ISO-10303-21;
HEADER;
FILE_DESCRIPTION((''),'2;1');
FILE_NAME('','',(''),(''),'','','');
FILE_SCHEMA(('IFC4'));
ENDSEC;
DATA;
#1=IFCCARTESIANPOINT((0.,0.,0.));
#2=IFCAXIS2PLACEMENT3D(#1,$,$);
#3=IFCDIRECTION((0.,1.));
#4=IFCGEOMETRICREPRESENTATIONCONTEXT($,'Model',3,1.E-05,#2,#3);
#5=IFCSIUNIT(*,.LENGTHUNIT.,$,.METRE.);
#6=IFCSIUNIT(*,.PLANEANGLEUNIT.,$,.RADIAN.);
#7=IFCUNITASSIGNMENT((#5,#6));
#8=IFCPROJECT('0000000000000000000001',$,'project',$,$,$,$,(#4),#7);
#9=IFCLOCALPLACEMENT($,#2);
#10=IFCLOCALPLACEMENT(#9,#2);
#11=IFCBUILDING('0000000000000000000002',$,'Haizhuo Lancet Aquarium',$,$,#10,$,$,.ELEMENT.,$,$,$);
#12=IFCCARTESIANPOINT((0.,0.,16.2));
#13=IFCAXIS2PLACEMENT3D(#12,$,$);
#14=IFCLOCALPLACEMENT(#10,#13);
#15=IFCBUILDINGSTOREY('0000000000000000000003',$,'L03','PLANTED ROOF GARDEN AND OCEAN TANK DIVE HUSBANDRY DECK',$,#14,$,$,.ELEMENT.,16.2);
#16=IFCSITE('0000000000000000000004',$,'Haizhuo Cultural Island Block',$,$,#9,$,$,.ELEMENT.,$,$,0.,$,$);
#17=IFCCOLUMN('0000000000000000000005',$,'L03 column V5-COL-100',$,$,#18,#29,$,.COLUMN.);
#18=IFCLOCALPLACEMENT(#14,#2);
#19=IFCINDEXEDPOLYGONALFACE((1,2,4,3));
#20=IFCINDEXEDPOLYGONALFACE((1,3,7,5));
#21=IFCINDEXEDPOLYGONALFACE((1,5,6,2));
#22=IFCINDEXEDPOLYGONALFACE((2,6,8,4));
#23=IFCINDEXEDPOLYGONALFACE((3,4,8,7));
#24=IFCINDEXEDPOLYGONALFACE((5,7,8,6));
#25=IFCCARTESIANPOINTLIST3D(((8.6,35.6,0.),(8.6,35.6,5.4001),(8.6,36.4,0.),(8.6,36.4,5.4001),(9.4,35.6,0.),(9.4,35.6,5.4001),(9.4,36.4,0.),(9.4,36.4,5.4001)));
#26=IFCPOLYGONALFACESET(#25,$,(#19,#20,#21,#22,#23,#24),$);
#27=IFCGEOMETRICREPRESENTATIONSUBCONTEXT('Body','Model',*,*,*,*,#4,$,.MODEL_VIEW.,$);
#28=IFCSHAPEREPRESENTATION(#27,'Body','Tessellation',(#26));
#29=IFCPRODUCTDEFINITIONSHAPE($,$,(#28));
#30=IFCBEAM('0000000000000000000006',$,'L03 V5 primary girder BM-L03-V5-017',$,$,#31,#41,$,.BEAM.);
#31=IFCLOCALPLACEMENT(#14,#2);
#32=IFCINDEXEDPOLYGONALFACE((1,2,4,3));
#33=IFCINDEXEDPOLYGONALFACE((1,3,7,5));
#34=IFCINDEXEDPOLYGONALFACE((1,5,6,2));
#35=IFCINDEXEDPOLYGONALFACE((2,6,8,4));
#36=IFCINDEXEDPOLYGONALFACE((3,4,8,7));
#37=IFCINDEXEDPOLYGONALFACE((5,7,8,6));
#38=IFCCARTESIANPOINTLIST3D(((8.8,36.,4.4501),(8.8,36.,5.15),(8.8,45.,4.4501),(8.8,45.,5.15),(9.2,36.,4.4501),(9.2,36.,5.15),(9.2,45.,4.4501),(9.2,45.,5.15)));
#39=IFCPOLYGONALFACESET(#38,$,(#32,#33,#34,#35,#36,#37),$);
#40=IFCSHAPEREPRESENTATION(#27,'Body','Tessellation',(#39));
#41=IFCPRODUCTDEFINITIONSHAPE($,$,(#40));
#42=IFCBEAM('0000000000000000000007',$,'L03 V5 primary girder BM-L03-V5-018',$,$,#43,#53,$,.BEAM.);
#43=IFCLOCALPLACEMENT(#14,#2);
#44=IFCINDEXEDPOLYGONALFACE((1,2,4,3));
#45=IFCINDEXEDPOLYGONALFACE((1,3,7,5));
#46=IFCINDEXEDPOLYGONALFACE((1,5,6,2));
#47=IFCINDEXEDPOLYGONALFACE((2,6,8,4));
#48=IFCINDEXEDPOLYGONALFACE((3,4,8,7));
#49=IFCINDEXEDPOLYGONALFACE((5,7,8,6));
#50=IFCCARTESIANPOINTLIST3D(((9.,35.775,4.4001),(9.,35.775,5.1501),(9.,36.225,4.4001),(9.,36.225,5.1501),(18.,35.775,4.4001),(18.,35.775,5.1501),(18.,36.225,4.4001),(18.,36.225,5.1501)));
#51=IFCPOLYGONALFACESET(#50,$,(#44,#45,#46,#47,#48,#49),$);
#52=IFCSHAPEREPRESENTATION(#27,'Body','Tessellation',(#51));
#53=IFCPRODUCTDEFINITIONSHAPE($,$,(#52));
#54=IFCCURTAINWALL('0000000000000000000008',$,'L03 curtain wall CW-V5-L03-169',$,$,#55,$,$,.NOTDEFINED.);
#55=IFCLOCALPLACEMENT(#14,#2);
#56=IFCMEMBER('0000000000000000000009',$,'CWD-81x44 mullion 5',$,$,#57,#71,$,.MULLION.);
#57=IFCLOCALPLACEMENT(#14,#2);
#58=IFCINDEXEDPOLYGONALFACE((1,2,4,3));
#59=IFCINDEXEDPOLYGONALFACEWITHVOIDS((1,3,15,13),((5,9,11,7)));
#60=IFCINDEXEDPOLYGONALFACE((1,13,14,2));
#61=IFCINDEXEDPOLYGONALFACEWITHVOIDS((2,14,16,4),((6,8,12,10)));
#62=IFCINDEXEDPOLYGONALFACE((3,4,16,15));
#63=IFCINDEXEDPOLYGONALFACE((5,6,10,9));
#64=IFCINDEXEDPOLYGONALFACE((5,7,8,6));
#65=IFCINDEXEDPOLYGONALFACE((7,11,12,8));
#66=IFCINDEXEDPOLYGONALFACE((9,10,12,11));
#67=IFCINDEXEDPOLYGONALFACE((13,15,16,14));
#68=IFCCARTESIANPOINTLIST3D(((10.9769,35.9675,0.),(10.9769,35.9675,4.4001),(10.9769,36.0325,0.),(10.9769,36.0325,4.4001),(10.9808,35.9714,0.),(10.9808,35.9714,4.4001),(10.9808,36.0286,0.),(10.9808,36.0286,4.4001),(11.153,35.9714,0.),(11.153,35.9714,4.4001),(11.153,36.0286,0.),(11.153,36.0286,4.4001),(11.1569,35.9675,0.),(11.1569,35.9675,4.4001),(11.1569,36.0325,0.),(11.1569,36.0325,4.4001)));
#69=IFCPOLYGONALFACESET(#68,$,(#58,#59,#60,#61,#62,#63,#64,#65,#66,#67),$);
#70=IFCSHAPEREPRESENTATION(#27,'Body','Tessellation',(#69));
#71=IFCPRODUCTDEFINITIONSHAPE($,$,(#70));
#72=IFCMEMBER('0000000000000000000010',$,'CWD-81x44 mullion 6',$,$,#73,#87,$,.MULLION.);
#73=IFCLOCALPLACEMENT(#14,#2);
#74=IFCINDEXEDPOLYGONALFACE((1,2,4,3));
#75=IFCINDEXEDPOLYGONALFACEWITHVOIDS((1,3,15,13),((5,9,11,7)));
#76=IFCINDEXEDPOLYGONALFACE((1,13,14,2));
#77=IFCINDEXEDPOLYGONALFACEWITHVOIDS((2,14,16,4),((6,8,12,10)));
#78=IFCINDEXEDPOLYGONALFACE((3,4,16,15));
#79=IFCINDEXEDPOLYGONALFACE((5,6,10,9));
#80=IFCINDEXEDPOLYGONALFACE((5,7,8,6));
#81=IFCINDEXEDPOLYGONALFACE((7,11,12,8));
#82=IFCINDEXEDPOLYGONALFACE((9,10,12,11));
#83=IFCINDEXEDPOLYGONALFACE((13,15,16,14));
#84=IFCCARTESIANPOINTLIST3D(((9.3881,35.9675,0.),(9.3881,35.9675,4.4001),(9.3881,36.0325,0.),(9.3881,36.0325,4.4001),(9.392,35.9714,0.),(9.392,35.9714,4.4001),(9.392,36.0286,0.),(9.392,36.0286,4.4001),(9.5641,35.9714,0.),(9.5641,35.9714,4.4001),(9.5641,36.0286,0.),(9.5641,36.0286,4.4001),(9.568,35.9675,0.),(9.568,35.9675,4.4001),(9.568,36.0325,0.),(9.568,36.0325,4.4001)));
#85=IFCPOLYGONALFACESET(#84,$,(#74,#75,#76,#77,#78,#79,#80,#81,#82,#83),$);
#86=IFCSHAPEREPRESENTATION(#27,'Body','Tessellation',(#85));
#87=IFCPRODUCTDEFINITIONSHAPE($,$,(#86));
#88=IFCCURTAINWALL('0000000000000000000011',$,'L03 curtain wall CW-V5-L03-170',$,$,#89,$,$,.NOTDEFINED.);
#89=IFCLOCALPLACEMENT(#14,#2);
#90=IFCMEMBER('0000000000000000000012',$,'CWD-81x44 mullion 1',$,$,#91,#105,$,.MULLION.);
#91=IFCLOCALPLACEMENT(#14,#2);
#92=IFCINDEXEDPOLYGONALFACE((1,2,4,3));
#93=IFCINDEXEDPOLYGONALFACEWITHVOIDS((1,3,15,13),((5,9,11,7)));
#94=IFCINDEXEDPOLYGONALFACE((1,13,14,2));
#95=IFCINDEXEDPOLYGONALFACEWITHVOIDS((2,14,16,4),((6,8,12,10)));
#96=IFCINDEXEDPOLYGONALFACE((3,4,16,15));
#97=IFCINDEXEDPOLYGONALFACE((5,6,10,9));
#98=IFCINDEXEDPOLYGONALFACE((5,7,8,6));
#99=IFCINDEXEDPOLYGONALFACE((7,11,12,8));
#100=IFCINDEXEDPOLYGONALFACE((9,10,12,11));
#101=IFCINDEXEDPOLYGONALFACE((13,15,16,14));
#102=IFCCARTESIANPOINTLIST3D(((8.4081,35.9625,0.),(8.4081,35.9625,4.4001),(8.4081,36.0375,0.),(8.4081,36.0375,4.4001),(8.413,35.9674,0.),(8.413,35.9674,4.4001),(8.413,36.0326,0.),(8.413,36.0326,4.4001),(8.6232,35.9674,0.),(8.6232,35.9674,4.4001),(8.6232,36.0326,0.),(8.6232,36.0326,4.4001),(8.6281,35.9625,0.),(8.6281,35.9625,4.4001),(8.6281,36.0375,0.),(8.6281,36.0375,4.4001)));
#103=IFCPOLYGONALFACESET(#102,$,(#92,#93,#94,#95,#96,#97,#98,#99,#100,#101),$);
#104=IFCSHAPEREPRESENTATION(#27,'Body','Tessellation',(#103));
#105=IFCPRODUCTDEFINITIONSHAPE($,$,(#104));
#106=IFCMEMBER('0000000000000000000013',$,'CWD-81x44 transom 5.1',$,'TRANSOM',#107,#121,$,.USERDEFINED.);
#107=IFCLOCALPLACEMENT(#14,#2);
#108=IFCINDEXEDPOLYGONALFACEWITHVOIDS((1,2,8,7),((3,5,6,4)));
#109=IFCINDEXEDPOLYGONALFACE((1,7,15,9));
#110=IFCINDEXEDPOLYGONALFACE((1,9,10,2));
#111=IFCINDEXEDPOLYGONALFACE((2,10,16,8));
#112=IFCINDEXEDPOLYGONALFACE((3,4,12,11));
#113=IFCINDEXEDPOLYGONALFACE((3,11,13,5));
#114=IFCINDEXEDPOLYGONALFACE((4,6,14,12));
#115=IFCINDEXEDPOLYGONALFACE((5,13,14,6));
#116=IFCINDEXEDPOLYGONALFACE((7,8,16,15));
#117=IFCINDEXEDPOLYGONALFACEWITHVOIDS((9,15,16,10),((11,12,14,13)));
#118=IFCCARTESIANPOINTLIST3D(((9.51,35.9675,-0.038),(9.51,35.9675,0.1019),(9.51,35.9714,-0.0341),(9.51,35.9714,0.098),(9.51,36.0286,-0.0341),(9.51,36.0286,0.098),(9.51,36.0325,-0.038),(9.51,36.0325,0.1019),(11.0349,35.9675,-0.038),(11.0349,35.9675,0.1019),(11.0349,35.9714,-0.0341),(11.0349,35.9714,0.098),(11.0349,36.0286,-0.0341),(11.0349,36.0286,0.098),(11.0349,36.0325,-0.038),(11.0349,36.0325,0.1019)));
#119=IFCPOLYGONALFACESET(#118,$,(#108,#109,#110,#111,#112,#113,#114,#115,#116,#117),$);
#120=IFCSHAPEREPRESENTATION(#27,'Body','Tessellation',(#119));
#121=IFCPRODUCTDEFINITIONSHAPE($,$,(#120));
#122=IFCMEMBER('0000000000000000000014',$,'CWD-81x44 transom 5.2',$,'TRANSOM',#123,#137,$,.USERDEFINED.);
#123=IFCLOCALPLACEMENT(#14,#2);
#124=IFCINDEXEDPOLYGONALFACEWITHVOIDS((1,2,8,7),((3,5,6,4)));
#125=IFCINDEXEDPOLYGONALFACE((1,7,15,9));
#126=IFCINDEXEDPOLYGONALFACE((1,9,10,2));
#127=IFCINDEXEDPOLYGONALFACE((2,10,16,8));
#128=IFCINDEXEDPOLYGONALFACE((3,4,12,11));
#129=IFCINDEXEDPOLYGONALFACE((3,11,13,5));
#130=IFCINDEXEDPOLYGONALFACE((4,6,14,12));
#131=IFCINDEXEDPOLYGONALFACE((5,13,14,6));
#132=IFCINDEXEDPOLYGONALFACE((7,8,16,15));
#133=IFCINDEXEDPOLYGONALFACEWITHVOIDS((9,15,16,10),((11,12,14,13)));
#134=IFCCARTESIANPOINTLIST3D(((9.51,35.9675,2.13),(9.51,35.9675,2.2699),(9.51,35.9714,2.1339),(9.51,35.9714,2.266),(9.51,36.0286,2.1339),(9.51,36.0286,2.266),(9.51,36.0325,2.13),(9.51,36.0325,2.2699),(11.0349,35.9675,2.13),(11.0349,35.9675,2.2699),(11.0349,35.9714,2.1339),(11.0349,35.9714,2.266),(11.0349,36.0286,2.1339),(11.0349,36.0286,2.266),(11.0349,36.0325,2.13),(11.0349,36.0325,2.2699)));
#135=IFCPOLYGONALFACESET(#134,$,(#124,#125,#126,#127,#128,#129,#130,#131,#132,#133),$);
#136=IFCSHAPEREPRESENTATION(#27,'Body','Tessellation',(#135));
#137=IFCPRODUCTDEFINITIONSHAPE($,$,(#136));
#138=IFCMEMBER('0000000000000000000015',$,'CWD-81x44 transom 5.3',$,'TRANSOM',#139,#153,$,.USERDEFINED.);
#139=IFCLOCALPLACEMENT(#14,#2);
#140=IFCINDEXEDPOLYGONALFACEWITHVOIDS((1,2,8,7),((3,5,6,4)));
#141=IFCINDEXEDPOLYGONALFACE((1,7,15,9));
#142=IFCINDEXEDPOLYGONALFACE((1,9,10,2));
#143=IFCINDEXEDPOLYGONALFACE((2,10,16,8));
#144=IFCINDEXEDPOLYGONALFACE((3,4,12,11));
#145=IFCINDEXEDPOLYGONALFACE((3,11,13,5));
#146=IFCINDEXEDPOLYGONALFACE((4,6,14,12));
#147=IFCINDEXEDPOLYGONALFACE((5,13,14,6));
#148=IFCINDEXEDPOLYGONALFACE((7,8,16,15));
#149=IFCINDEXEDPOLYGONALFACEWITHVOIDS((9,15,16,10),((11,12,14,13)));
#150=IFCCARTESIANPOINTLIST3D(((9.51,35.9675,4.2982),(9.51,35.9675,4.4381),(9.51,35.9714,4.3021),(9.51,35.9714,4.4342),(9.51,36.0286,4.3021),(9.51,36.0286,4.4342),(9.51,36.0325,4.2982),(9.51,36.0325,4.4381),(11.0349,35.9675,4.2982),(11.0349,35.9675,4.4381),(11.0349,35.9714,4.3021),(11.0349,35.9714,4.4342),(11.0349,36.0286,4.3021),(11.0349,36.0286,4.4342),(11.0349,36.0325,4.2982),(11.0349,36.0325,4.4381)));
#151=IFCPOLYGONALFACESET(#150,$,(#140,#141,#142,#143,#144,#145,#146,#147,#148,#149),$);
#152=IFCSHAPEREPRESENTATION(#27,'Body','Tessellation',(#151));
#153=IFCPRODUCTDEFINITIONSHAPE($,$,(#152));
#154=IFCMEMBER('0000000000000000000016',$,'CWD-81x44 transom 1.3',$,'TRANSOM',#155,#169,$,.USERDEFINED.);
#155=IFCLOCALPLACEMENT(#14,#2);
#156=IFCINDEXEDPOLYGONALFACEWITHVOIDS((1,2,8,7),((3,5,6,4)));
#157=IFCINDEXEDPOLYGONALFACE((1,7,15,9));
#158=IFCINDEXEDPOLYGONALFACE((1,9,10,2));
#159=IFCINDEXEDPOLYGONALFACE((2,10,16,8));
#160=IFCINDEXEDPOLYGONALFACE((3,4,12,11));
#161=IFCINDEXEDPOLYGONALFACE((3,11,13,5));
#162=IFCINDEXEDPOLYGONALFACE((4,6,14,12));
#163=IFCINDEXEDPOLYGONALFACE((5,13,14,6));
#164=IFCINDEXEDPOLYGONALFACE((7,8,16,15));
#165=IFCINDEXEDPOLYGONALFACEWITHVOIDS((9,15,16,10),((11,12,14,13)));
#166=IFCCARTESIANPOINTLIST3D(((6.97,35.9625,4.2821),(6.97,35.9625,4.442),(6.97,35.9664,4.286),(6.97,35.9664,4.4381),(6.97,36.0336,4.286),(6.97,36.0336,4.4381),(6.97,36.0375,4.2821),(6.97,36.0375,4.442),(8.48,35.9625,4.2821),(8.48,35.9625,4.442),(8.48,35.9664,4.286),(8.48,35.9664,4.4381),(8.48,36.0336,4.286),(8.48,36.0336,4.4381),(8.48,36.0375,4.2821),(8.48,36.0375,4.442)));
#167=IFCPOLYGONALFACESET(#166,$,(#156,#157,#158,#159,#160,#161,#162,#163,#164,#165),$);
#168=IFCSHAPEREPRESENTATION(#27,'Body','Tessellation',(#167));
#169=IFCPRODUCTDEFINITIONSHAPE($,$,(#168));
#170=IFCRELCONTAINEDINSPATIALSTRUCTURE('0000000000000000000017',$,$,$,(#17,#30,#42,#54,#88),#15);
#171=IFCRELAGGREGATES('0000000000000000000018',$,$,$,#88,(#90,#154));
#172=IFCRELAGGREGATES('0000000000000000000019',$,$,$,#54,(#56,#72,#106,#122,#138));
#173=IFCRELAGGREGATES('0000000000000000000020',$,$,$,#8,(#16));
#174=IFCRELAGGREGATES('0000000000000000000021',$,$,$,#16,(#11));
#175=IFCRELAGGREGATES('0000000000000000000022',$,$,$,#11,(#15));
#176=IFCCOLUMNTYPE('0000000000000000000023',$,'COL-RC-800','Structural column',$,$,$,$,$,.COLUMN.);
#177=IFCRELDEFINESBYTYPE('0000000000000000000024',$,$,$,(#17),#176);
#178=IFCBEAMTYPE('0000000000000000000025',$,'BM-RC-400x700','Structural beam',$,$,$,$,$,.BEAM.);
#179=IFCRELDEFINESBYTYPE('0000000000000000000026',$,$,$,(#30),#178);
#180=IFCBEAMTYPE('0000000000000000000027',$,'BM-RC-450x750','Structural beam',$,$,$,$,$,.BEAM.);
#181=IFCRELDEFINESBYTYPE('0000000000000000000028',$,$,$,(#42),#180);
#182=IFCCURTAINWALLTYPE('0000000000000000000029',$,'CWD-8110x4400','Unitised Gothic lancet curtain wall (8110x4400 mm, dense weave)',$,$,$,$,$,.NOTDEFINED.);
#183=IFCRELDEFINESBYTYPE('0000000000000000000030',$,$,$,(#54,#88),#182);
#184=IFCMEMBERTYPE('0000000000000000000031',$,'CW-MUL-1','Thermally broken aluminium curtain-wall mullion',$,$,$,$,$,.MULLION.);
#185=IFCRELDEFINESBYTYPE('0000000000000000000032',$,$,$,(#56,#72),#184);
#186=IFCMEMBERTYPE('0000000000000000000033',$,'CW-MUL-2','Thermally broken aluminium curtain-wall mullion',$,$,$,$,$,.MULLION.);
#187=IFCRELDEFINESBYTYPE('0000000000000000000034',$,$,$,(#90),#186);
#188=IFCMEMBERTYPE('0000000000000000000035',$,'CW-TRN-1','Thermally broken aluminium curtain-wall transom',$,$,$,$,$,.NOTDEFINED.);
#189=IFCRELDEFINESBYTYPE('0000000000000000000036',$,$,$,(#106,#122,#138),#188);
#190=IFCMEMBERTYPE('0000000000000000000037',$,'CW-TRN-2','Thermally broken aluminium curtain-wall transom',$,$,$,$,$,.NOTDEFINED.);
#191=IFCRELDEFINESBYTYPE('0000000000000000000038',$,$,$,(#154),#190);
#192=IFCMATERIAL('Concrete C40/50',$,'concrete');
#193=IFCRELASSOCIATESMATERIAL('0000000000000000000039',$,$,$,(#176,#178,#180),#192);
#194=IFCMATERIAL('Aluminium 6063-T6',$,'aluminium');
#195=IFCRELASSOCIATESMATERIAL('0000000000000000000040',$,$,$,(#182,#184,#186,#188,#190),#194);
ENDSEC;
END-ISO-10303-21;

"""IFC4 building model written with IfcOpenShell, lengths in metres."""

from ifc_helpers import new_model, si_unit, direction, frame, origin, origin_2d, place, context, subcontext, project, spatial, rectangle, hollow_rectangle, extrude, material, material_profile, profile_set, type_object, element, aggregate, save


model = new_model("IFC4")

# Units and contexts
model_context = context("Model", 3, precision=1e-05, world=origin(), true_north=direction((0.0, 1.0)))
body_context = subcontext(model_context, "Body", "Model", "MODEL_VIEW")
ifc_project = project(units=[si_unit("LENGTHUNIT", "METRE"), si_unit("PLANEANGLEUNIT", "RADIAN")], contexts=[model_context])

# Site, building, storey
site_placement = place(None, origin())
site = spatial("IfcSite", under=ifc_project, at=site_placement, Name="Haizhuo Cultural Island Block", CompositionType="ELEMENT", RefElevation=0.0)
building_placement = place(site_placement, origin())
building = spatial("IfcBuilding", under=site, at=building_placement, Name="Haizhuo Lancet Aquarium", CompositionType="ELEMENT")
storey_placement = place(building_placement, frame((0.0, 0.0, 16.2)))
storey = spatial("IfcBuildingStorey", under=building, at=storey_placement, Name="L03", Description="PLANTED ROOF GARDEN AND OCEAN TANK DIVE HUSBANDRY DECK", CompositionType="ELEMENT", Elevation=16.2)

# Column
ifc_material_1 = material(Name="Concrete C40/50", Category="concrete")
ifc_material_profile_1 = material_profile(ifc_material_1, rectangle(XDim=0.8, YDim=0.8, at=origin_2d()), Name="RC-COL 800x800")
ifc_profile_set_1 = profile_set([ifc_material_profile_1], Name="Concrete C40/50")
column_type = type_object("IfcColumnType", Name="COL-RC-800", Description="Structural column", PredefinedType="COLUMN", material=ifc_profile_set_1)
column_placement = place(storey_placement, frame((9.0, 36.0, 0.0), z_axis=(0.0, 0.0, 1.0), x_axis=(1.0, 0.0, 0.0)))
element("IfcColumn", 1, at=column_placement, inside=storey, type_object=column_type, Name="L03 column V5-COL-100", PredefinedType="COLUMN", context=body_context, shape_type="SweptSolid", body=[
    extrude(rectangle(XDim=0.8, YDim=0.8, at=origin_2d()), origin(), (0.0, 0.0, 1.0), 5.4001),
])

# Beams
ifc_material_profile_2 = material_profile(ifc_material_1, rectangle(XDim=0.3999, YDim=0.7, at=origin_2d()), Name="RC-BM 400x700")
ifc_profile_set_2 = profile_set([ifc_material_profile_2], Name="Concrete C40/50")
beam_type_1 = type_object("IfcBeamType", Name="BM-RC-400x700", Description="Structural beam", PredefinedType="BEAM", material=ifc_profile_set_2)
beam_1_placement = place(storey_placement, frame((9.0, 36.0, 4.8), z_axis=(0.0, 1.0, 0.0), x_axis=(-1.0, 0.0, 0.0)))
element("IfcBeam", 2, at=beam_1_placement, inside=storey, type_object=beam_type_1, Name="L03 V5 primary girder BM-L03-V5-017", PredefinedType="BEAM", context=body_context, shape_type="SweptSolid", body=[
    extrude(rectangle(XDim=0.3999, YDim=0.7, at=origin_2d()), origin(), (0.0, 0.0, 1.0), 9.0),
])
ifc_material_profile_3 = material_profile(ifc_material_1, rectangle(XDim=0.45, YDim=0.75, at=origin_2d()), Name="RC-BM 450x750")
ifc_profile_set_3 = profile_set([ifc_material_profile_3], Name="Concrete C40/50")
beam_type_2 = type_object("IfcBeamType", Name="BM-RC-450x750", Description="Structural beam", PredefinedType="BEAM", material=ifc_profile_set_3)
beam_2_placement = place(storey_placement, frame((9.0, 36.0, 4.7751), z_axis=(1.0, 0.0, 0.0), x_axis=(0.0, 1.0, 0.0)))
element("IfcBeam", 3, at=beam_2_placement, inside=storey, type_object=beam_type_2, Name="L03 V5 primary girder BM-L03-V5-018", PredefinedType="BEAM", context=body_context, shape_type="SweptSolid", body=[
    extrude(rectangle(XDim=0.45, YDim=0.75, at=origin_2d()), origin(), (0.0, 0.0, 1.0), 9.0),
])

# Curtain wall, members
ifc_material_2 = material(Name="Aluminium 6063-T6", Category="aluminium")
curtain_wall_type = type_object("IfcCurtainWallType", Name="CWD-8110x4400", Description="Unitised Gothic lancet curtain wall (8110x4400 mm, dense weave)", PredefinedType="NOTDEFINED", material=ifc_material_2)
curtain_wall_1_placement = place(storey_placement, origin())
curtain_wall_1 = element("IfcCurtainWall", 4, at=curtain_wall_1_placement, inside=storey, type_object=curtain_wall_type, Name="L03 curtain wall CW-V5-L03-169", PredefinedType="NOTDEFINED")
ifc_material_profile_4 = material_profile(ifc_material_2, hollow_rectangle(XDim=0.0649, YDim=0.1799, WallThickness=0.0039, at=origin_2d()), Name="ALU-M 65x180x4")
ifc_profile_set_4 = profile_set([ifc_material_profile_4], Name="Aluminium 6063-T6")
member_type_1 = type_object("IfcMemberType", Name="CW-MUL-1", Description="Thermally broken aluminium curtain-wall mullion", PredefinedType="MULLION", material=ifc_profile_set_4)
member_1_placement = place(storey_placement, frame((11.0669, 36.0, 0.0), z_axis=(0.0, 0.0, 1.0), x_axis=(0.0, -1.0, 0.0)))
member_1 = element("IfcMember", 5, at=member_1_placement, type_object=member_type_1, Name="CWD-81x44 mullion 5", PredefinedType="MULLION", context=body_context, shape_type="SweptSolid", body=[
    extrude(hollow_rectangle(XDim=0.0649, YDim=0.1799, WallThickness=0.0039, at=origin_2d()), origin(), (0.0, 0.0, 1.0), 4.4001),
])
member_2_placement = place(storey_placement, frame((9.478, 36.0, 0.0), z_axis=(0.0, 0.0, 1.0), x_axis=(0.0, -1.0, 0.0)))
member_2 = element("IfcMember", 6, at=member_2_placement, type_object=member_type_1, Name="CWD-81x44 mullion 6", PredefinedType="MULLION", context=body_context, shape_type="SweptSolid", body=[
    extrude(hollow_rectangle(XDim=0.0649, YDim=0.1799, WallThickness=0.0039, at=origin_2d()), origin(), (0.0, 0.0, 1.0), 4.4001),
])

# Curtain wall, member
curtain_wall_2_placement = place(storey_placement, origin())
curtain_wall_2 = element("IfcCurtainWall", 7, at=curtain_wall_2_placement, inside=storey, type_object=curtain_wall_type, Name="L03 curtain wall CW-V5-L03-170", PredefinedType="NOTDEFINED")
ifc_material_profile_5 = material_profile(ifc_material_2, hollow_rectangle(XDim=0.075, YDim=0.22, WallThickness=0.0049, at=origin_2d()), Name="ALU-M 75x220x5")
ifc_profile_set_5 = profile_set([ifc_material_profile_5], Name="Aluminium 6063-T6")
member_type_2 = type_object("IfcMemberType", Name="CW-MUL-2", Description="Thermally broken aluminium curtain-wall mullion", PredefinedType="MULLION", material=ifc_profile_set_5)
member_3_placement = place(storey_placement, frame((8.5181, 36.0, 0.0), z_axis=(0.0, 0.0, 1.0), x_axis=(0.0, -1.0, 0.0)))
member_3 = element("IfcMember", 8, at=member_3_placement, type_object=member_type_2, Name="CWD-81x44 mullion 1", PredefinedType="MULLION", context=body_context, shape_type="SweptSolid", body=[
    extrude(hollow_rectangle(XDim=0.075, YDim=0.22, WallThickness=0.0049, at=origin_2d()), origin(), (0.0, 0.0, 1.0), 4.4001),
])

# Members
ifc_material_profile_6 = material_profile(ifc_material_2, hollow_rectangle(XDim=0.0649, YDim=0.1399, WallThickness=0.0039, at=origin_2d()), Name="ALU-T 65x140x4")
ifc_profile_set_6 = profile_set([ifc_material_profile_6], Name="Aluminium 6063-T6")
member_type_3 = type_object("IfcMemberType", Name="CW-TRN-1", Description="Thermally broken aluminium curtain-wall transom", PredefinedType="NOTDEFINED", material=ifc_profile_set_6)
member_4_placement = place(storey_placement, frame((11.0349, 36.0, 0.032), z_axis=(-1.0, 0.0, 0.0), x_axis=(0.0, -1.0, 0.0)))
member_4 = element("IfcMember", 9, at=member_4_placement, type_object=member_type_3, Name="CWD-81x44 transom 5.1", ObjectType="TRANSOM", PredefinedType="USERDEFINED", context=body_context, shape_type="SweptSolid", body=[
    extrude(hollow_rectangle(XDim=0.0649, YDim=0.1399, WallThickness=0.0039, at=origin_2d()), origin(), (0.0, 0.0, 1.0), 1.5249),
])
member_5_placement = place(storey_placement, frame((11.0349, 36.0, 2.2), z_axis=(-1.0, 0.0, 0.0), x_axis=(0.0, -1.0, 0.0)))
member_5 = element("IfcMember", 10, at=member_5_placement, type_object=member_type_3, Name="CWD-81x44 transom 5.2", ObjectType="TRANSOM", PredefinedType="USERDEFINED", context=body_context, shape_type="SweptSolid", body=[
    extrude(hollow_rectangle(XDim=0.0649, YDim=0.1399, WallThickness=0.0039, at=origin_2d()), origin(), (0.0, 0.0, 1.0), 1.5249),
])
member_6_placement = place(storey_placement, frame((11.0349, 36.0, 4.3682), z_axis=(-1.0, 0.0, 0.0), x_axis=(0.0, -1.0, 0.0)))
member_6 = element("IfcMember", 11, at=member_6_placement, type_object=member_type_3, Name="CWD-81x44 transom 5.3", ObjectType="TRANSOM", PredefinedType="USERDEFINED", context=body_context, shape_type="SweptSolid", body=[
    extrude(hollow_rectangle(XDim=0.0649, YDim=0.1399, WallThickness=0.0039, at=origin_2d()), origin(), (0.0, 0.0, 1.0), 1.5249),
])
ifc_material_profile_7 = material_profile(ifc_material_2, hollow_rectangle(XDim=0.075, YDim=0.1599, WallThickness=0.0039, at=origin_2d()), Name="ALU-T 75x160x4")
ifc_profile_set_7 = profile_set([ifc_material_profile_7], Name="Aluminium 6063-T6")
member_type_4 = type_object("IfcMemberType", Name="CW-TRN-2", Description="Thermally broken aluminium curtain-wall transom", PredefinedType="NOTDEFINED", material=ifc_profile_set_7)
member_7_placement = place(storey_placement, frame((8.48, 36.0, 4.3621), z_axis=(-1.0, 0.0, 0.0), x_axis=(0.0, -1.0, 0.0)))
member_7 = element("IfcMember", 12, at=member_7_placement, type_object=member_type_4, Name="CWD-81x44 transom 1.3", ObjectType="TRANSOM", PredefinedType="USERDEFINED", context=body_context, shape_type="SweptSolid", body=[
    extrude(hollow_rectangle(XDim=0.075, YDim=0.1599, WallThickness=0.0039, at=origin_2d()), origin(), (0.0, 0.0, 1.0), 1.51),
])
aggregate(curtain_wall_2, [member_3, member_7])

aggregate(curtain_wall_1, [member_1, member_2, member_4, member_5, member_6])

save(model, "model.ifc")
